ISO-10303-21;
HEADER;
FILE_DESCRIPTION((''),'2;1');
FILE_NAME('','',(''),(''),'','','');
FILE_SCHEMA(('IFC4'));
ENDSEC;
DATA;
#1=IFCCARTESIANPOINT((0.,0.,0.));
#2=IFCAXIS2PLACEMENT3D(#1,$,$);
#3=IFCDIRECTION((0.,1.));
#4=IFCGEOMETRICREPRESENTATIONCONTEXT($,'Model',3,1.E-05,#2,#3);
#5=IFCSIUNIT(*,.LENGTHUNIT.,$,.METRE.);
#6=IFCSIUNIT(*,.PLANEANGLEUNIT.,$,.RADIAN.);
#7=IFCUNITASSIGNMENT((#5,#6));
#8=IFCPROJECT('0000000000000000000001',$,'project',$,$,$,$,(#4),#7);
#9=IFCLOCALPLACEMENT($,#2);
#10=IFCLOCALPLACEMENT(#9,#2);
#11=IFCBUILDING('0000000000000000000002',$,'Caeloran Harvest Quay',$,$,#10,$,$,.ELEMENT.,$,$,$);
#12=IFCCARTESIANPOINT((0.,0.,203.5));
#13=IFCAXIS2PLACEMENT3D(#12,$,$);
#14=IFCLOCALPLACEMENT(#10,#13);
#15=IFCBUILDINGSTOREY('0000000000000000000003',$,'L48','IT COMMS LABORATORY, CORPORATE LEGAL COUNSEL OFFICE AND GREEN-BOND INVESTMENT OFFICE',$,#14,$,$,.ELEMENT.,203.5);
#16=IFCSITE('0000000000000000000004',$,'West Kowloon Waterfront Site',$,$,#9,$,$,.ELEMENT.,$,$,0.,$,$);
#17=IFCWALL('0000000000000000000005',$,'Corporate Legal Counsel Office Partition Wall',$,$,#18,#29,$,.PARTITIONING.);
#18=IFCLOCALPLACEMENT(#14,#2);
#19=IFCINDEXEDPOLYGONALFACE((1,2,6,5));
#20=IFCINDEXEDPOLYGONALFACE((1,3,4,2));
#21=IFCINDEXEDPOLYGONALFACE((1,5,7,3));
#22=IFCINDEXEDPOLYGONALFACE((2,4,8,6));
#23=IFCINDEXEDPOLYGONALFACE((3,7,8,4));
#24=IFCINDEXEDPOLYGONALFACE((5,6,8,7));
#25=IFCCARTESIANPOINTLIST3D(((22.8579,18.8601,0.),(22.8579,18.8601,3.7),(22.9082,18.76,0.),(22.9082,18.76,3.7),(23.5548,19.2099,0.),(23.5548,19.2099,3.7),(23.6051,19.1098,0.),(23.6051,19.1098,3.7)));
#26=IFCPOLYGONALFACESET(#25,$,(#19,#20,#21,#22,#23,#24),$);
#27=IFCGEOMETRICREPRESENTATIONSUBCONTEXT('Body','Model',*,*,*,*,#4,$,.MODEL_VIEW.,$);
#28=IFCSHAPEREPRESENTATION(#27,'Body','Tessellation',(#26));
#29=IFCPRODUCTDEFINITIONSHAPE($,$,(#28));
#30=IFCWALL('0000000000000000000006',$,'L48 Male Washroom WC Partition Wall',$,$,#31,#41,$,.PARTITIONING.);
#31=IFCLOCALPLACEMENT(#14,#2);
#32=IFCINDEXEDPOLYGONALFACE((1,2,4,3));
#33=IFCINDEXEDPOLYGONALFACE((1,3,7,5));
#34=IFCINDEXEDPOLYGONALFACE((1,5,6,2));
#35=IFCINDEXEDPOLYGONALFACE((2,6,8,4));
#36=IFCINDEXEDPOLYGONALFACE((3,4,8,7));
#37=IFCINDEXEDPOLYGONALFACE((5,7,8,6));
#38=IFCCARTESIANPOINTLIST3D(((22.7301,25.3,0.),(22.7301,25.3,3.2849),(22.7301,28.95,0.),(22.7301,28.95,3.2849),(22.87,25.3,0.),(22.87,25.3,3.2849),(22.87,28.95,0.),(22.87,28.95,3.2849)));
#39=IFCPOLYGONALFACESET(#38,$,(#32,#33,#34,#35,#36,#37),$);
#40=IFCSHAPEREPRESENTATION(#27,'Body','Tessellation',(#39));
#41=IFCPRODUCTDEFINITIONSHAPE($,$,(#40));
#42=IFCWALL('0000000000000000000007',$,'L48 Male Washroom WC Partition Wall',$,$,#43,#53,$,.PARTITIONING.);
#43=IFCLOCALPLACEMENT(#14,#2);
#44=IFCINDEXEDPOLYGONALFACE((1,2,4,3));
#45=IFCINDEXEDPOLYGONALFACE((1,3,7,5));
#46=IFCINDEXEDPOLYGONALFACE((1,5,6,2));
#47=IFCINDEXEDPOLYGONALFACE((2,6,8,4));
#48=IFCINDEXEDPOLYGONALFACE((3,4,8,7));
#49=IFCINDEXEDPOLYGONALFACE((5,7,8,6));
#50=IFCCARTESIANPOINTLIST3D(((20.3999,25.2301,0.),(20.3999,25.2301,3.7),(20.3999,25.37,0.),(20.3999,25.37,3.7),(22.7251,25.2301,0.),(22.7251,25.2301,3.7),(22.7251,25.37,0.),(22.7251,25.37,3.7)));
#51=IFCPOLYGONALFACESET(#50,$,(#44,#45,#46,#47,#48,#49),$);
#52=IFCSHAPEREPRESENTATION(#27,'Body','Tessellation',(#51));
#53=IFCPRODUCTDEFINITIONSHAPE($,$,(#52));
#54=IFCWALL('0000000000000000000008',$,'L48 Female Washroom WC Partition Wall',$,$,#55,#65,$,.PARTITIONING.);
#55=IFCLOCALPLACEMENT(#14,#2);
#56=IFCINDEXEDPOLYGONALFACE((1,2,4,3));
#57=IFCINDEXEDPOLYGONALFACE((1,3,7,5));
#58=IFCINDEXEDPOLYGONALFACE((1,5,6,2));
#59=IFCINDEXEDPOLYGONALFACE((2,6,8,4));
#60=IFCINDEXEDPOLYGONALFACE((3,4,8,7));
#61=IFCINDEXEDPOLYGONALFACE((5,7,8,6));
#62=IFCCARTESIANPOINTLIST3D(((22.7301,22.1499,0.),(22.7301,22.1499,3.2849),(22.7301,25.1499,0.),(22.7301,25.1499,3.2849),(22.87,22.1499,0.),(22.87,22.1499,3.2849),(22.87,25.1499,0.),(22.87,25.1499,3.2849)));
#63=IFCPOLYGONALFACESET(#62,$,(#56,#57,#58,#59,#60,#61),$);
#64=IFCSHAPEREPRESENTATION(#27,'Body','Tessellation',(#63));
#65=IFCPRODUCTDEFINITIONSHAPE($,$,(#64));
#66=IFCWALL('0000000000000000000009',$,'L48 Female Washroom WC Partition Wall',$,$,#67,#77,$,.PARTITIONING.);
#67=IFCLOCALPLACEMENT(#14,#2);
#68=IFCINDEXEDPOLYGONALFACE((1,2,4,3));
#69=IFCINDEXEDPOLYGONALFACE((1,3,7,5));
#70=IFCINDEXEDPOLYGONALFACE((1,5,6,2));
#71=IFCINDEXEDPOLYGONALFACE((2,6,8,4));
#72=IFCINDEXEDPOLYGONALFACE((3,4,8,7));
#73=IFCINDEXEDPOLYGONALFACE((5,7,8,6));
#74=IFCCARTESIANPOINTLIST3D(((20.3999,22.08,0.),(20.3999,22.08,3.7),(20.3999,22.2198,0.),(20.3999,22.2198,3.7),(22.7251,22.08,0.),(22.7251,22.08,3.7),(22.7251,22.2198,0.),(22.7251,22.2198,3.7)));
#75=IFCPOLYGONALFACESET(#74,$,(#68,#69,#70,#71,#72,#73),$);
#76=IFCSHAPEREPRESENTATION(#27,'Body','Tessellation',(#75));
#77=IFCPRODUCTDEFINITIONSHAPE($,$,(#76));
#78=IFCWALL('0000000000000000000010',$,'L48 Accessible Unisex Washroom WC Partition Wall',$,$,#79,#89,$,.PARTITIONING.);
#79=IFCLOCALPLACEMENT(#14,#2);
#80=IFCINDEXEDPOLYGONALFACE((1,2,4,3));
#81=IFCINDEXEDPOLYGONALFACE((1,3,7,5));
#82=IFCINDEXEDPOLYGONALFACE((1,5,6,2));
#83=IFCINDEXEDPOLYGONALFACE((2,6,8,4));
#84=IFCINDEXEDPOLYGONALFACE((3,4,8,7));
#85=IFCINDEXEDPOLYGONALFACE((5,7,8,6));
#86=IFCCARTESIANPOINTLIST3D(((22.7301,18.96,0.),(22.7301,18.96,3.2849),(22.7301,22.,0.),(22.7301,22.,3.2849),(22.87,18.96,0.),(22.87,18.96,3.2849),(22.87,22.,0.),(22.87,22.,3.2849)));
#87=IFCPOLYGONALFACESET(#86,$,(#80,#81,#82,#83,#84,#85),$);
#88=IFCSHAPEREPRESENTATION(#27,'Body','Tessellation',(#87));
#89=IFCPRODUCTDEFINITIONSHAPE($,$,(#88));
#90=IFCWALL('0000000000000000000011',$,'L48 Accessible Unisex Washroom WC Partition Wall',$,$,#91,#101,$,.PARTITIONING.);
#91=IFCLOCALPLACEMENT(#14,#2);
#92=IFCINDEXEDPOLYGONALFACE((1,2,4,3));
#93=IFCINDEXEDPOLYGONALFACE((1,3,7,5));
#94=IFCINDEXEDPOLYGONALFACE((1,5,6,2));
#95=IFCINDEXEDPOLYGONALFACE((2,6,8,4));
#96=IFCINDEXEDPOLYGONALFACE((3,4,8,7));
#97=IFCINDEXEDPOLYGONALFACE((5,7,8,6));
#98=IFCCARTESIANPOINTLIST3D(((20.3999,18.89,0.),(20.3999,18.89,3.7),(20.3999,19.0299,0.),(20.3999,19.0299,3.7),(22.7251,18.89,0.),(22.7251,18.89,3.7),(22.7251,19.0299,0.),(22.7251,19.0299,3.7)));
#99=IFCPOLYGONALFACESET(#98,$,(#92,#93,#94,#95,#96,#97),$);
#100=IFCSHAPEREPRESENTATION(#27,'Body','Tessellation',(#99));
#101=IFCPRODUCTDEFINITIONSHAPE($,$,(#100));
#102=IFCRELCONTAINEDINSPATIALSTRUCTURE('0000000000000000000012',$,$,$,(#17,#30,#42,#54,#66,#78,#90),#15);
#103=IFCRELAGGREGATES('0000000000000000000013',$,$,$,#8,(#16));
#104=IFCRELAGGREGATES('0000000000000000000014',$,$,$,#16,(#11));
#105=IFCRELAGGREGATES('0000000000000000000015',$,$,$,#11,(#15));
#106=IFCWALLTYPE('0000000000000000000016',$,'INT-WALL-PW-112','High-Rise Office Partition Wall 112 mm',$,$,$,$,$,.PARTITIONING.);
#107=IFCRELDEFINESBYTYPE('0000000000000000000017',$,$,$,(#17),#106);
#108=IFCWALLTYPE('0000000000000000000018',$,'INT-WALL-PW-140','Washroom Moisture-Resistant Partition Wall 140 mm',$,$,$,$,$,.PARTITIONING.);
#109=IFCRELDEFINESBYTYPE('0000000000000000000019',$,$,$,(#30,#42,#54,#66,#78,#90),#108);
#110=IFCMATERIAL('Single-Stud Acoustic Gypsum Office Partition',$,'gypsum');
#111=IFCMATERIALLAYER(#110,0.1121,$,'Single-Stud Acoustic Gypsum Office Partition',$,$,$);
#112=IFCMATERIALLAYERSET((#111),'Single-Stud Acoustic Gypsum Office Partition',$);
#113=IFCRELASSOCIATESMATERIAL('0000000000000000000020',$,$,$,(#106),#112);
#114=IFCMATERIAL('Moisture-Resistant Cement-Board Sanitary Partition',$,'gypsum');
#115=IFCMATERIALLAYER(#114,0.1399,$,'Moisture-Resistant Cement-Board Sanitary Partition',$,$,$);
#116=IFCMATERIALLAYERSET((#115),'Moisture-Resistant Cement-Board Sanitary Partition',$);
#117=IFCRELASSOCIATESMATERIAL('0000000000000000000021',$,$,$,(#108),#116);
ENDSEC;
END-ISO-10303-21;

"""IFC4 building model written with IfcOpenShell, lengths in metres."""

from ifc_helpers import new_model, si_unit, direction, frame, frame_2d, origin, place, context, subcontext, project, spatial, rectangle, extrude, material, layer, layer_set, type_object, element, save


model = new_model("IFC4")

# Units and contexts
model_context = context("Model", 3, precision=1e-05, world=origin(), true_north=direction((0.0, 1.0)))
body_context = subcontext(model_context, "Body", "Model", "MODEL_VIEW")
ifc_project = project(units=[si_unit("LENGTHUNIT", "METRE"), si_unit("PLANEANGLEUNIT", "RADIAN")], contexts=[model_context])

# Site, building, storey
site_placement = place(None, origin())
site = spatial("IfcSite", under=ifc_project, at=site_placement, Name="West Kowloon Waterfront Site", CompositionType="ELEMENT", RefElevation=0.0)
building_placement = place(site_placement, origin())
building = spatial("IfcBuilding", under=site, at=building_placement, Name="Caeloran Harvest Quay", CompositionType="ELEMENT")
storey_placement = place(building_placement, frame((0.0, 0.0, 203.5)))
storey = spatial("IfcBuildingStorey", under=building, at=storey_placement, Name="L48", Description="IT COMMS LABORATORY, CORPORATE LEGAL COUNSEL OFFICE AND GREEN-BOND INVESTMENT OFFICE", CompositionType="ELEMENT", Elevation=203.5)

# Walls
ifc_material_1 = material(Name="Single-Stud Acoustic Gypsum Office Partition", Category="gypsum")
ifc_layer_1 = layer(ifc_material_1, 0.1121, Name="Single-Stud Acoustic Gypsum Office Partition")
ifc_layer_set_1 = layer_set([ifc_layer_1], Name="Single-Stud Acoustic Gypsum Office Partition")
wall_type_1 = type_object("IfcWallType", Name="INT-WALL-PW-112", Description="High-Rise Office Partition Wall 112 mm", PredefinedType="PARTITIONING", material=ifc_layer_set_1)
wall_1_placement = place(storey_placement, frame((22.8831, 18.8101, 0.0), z_axis=(0.0, 0.0, 1.0), x_axis=(0.893737, 0.44859, 0.0)))
element("IfcWall", 1, at=wall_1_placement, inside=storey, type_object=wall_type_1, Name="Corporate Legal Counsel Office Partition Wall", PredefinedType="PARTITIONING", context=body_context, shape_type="SweptSolid", body=[
    extrude(rectangle(XDim=0.7798, YDim=0.1121, at=frame_2d((0.3899, 0.0))), origin(), (0.0, 0.0, 1.0), 3.7),
])
ifc_material_2 = material(Name="Moisture-Resistant Cement-Board Sanitary Partition", Category="gypsum")
ifc_layer_2 = layer(ifc_material_2, 0.1399, Name="Moisture-Resistant Cement-Board Sanitary Partition")
ifc_layer_set_2 = layer_set([ifc_layer_2], Name="Moisture-Resistant Cement-Board Sanitary Partition")
wall_type_2 = type_object("IfcWallType", Name="INT-WALL-PW-140", Description="Washroom Moisture-Resistant Partition Wall 140 mm", PredefinedType="PARTITIONING", material=ifc_layer_set_2)
wall_2_placement = place(storey_placement, frame((22.8, 28.95, 0.0), z_axis=(0.0, 0.0, 1.0), x_axis=(0.0, -1.0, 0.0)))
element("IfcWall", 2, at=wall_2_placement, inside=storey, type_object=wall_type_2, Name="L48 Male Washroom WC Partition Wall", PredefinedType="PARTITIONING", context=body_context, shape_type="SweptSolid", body=[
    extrude(rectangle(XDim=3.6499, YDim=0.1399, at=frame_2d((1.825, 0.0))), origin(), (0.0, 0.0, 1.0), 3.2849),
])
wall_3_placement = place(storey_placement, frame((22.7251, 25.3, 0.0), z_axis=(0.0, 0.0, 1.0), x_axis=(-1.0, 0.0, 0.0)))
element("IfcWall", 3, at=wall_3_placement, inside=storey, type_object=wall_type_2, Name="L48 Male Washroom WC Partition Wall", PredefinedType="PARTITIONING", context=body_context, shape_type="SweptSolid", body=[
    extrude(rectangle(XDim=2.3252, YDim=0.1399, at=frame_2d((1.1626, 0.0))), origin(), (0.0, 0.0, 1.0), 3.7),
])
wall_4_placement = place(storey_placement, frame((22.8, 25.1499, 0.0), z_axis=(0.0, 0.0, 1.0), x_axis=(0.0, -1.0, 0.0)))
element("IfcWall", 4, at=wall_4_placement, inside=storey, type_object=wall_type_2, Name="L48 Female Washroom WC Partition Wall", PredefinedType="PARTITIONING", context=body_context, shape_type="SweptSolid", body=[
    extrude(rectangle(XDim=3.0, YDim=0.1399, at=frame_2d((1.5, 0.0))), origin(), (0.0, 0.0, 1.0), 3.2849),
])
wall_5_placement = place(storey_placement, frame((22.7251, 22.1499, 0.0), z_axis=(0.0, 0.0, 1.0), x_axis=(-1.0, 0.0, 0.0)))
element("IfcWall", 5, at=wall_5_placement, inside=storey, type_object=wall_type_2, Name="L48 Female Washroom WC Partition Wall", PredefinedType="PARTITIONING", context=body_context, shape_type="SweptSolid", body=[
    extrude(rectangle(XDim=2.3252, YDim=0.1399, at=frame_2d((1.1626, 0.0))), origin(), (0.0, 0.0, 1.0), 3.7),
])
wall_6_placement = place(storey_placement, frame((22.8, 22.0, 0.0), z_axis=(0.0, 0.0, 1.0), x_axis=(0.0, -1.0, 0.0)))
element("IfcWall", 6, at=wall_6_placement, inside=storey, type_object=wall_type_2, Name="L48 Accessible Unisex Washroom WC Partition Wall", PredefinedType="PARTITIONING", context=body_context, shape_type="SweptSolid", body=[
    extrude(rectangle(XDim=3.04, YDim=0.1399, at=frame_2d((1.52, 0.0))), origin(), (0.0, 0.0, 1.0), 3.2849),
])
wall_7_placement = place(storey_placement, frame((22.7251, 18.96, 0.0), z_axis=(0.0, 0.0, 1.0), x_axis=(-1.0, 0.0, 0.0)))
element("IfcWall", 7, at=wall_7_placement, inside=storey, type_object=wall_type_2, Name="L48 Accessible Unisex Washroom WC Partition Wall", PredefinedType="PARTITIONING", context=body_context, shape_type="SweptSolid", body=[
    extrude(rectangle(XDim=2.3252, YDim=0.1399, at=frame_2d((1.1626, 0.0))), origin(), (0.0, 0.0, 1.0), 3.7),
])

save(model, "model.ifc")
